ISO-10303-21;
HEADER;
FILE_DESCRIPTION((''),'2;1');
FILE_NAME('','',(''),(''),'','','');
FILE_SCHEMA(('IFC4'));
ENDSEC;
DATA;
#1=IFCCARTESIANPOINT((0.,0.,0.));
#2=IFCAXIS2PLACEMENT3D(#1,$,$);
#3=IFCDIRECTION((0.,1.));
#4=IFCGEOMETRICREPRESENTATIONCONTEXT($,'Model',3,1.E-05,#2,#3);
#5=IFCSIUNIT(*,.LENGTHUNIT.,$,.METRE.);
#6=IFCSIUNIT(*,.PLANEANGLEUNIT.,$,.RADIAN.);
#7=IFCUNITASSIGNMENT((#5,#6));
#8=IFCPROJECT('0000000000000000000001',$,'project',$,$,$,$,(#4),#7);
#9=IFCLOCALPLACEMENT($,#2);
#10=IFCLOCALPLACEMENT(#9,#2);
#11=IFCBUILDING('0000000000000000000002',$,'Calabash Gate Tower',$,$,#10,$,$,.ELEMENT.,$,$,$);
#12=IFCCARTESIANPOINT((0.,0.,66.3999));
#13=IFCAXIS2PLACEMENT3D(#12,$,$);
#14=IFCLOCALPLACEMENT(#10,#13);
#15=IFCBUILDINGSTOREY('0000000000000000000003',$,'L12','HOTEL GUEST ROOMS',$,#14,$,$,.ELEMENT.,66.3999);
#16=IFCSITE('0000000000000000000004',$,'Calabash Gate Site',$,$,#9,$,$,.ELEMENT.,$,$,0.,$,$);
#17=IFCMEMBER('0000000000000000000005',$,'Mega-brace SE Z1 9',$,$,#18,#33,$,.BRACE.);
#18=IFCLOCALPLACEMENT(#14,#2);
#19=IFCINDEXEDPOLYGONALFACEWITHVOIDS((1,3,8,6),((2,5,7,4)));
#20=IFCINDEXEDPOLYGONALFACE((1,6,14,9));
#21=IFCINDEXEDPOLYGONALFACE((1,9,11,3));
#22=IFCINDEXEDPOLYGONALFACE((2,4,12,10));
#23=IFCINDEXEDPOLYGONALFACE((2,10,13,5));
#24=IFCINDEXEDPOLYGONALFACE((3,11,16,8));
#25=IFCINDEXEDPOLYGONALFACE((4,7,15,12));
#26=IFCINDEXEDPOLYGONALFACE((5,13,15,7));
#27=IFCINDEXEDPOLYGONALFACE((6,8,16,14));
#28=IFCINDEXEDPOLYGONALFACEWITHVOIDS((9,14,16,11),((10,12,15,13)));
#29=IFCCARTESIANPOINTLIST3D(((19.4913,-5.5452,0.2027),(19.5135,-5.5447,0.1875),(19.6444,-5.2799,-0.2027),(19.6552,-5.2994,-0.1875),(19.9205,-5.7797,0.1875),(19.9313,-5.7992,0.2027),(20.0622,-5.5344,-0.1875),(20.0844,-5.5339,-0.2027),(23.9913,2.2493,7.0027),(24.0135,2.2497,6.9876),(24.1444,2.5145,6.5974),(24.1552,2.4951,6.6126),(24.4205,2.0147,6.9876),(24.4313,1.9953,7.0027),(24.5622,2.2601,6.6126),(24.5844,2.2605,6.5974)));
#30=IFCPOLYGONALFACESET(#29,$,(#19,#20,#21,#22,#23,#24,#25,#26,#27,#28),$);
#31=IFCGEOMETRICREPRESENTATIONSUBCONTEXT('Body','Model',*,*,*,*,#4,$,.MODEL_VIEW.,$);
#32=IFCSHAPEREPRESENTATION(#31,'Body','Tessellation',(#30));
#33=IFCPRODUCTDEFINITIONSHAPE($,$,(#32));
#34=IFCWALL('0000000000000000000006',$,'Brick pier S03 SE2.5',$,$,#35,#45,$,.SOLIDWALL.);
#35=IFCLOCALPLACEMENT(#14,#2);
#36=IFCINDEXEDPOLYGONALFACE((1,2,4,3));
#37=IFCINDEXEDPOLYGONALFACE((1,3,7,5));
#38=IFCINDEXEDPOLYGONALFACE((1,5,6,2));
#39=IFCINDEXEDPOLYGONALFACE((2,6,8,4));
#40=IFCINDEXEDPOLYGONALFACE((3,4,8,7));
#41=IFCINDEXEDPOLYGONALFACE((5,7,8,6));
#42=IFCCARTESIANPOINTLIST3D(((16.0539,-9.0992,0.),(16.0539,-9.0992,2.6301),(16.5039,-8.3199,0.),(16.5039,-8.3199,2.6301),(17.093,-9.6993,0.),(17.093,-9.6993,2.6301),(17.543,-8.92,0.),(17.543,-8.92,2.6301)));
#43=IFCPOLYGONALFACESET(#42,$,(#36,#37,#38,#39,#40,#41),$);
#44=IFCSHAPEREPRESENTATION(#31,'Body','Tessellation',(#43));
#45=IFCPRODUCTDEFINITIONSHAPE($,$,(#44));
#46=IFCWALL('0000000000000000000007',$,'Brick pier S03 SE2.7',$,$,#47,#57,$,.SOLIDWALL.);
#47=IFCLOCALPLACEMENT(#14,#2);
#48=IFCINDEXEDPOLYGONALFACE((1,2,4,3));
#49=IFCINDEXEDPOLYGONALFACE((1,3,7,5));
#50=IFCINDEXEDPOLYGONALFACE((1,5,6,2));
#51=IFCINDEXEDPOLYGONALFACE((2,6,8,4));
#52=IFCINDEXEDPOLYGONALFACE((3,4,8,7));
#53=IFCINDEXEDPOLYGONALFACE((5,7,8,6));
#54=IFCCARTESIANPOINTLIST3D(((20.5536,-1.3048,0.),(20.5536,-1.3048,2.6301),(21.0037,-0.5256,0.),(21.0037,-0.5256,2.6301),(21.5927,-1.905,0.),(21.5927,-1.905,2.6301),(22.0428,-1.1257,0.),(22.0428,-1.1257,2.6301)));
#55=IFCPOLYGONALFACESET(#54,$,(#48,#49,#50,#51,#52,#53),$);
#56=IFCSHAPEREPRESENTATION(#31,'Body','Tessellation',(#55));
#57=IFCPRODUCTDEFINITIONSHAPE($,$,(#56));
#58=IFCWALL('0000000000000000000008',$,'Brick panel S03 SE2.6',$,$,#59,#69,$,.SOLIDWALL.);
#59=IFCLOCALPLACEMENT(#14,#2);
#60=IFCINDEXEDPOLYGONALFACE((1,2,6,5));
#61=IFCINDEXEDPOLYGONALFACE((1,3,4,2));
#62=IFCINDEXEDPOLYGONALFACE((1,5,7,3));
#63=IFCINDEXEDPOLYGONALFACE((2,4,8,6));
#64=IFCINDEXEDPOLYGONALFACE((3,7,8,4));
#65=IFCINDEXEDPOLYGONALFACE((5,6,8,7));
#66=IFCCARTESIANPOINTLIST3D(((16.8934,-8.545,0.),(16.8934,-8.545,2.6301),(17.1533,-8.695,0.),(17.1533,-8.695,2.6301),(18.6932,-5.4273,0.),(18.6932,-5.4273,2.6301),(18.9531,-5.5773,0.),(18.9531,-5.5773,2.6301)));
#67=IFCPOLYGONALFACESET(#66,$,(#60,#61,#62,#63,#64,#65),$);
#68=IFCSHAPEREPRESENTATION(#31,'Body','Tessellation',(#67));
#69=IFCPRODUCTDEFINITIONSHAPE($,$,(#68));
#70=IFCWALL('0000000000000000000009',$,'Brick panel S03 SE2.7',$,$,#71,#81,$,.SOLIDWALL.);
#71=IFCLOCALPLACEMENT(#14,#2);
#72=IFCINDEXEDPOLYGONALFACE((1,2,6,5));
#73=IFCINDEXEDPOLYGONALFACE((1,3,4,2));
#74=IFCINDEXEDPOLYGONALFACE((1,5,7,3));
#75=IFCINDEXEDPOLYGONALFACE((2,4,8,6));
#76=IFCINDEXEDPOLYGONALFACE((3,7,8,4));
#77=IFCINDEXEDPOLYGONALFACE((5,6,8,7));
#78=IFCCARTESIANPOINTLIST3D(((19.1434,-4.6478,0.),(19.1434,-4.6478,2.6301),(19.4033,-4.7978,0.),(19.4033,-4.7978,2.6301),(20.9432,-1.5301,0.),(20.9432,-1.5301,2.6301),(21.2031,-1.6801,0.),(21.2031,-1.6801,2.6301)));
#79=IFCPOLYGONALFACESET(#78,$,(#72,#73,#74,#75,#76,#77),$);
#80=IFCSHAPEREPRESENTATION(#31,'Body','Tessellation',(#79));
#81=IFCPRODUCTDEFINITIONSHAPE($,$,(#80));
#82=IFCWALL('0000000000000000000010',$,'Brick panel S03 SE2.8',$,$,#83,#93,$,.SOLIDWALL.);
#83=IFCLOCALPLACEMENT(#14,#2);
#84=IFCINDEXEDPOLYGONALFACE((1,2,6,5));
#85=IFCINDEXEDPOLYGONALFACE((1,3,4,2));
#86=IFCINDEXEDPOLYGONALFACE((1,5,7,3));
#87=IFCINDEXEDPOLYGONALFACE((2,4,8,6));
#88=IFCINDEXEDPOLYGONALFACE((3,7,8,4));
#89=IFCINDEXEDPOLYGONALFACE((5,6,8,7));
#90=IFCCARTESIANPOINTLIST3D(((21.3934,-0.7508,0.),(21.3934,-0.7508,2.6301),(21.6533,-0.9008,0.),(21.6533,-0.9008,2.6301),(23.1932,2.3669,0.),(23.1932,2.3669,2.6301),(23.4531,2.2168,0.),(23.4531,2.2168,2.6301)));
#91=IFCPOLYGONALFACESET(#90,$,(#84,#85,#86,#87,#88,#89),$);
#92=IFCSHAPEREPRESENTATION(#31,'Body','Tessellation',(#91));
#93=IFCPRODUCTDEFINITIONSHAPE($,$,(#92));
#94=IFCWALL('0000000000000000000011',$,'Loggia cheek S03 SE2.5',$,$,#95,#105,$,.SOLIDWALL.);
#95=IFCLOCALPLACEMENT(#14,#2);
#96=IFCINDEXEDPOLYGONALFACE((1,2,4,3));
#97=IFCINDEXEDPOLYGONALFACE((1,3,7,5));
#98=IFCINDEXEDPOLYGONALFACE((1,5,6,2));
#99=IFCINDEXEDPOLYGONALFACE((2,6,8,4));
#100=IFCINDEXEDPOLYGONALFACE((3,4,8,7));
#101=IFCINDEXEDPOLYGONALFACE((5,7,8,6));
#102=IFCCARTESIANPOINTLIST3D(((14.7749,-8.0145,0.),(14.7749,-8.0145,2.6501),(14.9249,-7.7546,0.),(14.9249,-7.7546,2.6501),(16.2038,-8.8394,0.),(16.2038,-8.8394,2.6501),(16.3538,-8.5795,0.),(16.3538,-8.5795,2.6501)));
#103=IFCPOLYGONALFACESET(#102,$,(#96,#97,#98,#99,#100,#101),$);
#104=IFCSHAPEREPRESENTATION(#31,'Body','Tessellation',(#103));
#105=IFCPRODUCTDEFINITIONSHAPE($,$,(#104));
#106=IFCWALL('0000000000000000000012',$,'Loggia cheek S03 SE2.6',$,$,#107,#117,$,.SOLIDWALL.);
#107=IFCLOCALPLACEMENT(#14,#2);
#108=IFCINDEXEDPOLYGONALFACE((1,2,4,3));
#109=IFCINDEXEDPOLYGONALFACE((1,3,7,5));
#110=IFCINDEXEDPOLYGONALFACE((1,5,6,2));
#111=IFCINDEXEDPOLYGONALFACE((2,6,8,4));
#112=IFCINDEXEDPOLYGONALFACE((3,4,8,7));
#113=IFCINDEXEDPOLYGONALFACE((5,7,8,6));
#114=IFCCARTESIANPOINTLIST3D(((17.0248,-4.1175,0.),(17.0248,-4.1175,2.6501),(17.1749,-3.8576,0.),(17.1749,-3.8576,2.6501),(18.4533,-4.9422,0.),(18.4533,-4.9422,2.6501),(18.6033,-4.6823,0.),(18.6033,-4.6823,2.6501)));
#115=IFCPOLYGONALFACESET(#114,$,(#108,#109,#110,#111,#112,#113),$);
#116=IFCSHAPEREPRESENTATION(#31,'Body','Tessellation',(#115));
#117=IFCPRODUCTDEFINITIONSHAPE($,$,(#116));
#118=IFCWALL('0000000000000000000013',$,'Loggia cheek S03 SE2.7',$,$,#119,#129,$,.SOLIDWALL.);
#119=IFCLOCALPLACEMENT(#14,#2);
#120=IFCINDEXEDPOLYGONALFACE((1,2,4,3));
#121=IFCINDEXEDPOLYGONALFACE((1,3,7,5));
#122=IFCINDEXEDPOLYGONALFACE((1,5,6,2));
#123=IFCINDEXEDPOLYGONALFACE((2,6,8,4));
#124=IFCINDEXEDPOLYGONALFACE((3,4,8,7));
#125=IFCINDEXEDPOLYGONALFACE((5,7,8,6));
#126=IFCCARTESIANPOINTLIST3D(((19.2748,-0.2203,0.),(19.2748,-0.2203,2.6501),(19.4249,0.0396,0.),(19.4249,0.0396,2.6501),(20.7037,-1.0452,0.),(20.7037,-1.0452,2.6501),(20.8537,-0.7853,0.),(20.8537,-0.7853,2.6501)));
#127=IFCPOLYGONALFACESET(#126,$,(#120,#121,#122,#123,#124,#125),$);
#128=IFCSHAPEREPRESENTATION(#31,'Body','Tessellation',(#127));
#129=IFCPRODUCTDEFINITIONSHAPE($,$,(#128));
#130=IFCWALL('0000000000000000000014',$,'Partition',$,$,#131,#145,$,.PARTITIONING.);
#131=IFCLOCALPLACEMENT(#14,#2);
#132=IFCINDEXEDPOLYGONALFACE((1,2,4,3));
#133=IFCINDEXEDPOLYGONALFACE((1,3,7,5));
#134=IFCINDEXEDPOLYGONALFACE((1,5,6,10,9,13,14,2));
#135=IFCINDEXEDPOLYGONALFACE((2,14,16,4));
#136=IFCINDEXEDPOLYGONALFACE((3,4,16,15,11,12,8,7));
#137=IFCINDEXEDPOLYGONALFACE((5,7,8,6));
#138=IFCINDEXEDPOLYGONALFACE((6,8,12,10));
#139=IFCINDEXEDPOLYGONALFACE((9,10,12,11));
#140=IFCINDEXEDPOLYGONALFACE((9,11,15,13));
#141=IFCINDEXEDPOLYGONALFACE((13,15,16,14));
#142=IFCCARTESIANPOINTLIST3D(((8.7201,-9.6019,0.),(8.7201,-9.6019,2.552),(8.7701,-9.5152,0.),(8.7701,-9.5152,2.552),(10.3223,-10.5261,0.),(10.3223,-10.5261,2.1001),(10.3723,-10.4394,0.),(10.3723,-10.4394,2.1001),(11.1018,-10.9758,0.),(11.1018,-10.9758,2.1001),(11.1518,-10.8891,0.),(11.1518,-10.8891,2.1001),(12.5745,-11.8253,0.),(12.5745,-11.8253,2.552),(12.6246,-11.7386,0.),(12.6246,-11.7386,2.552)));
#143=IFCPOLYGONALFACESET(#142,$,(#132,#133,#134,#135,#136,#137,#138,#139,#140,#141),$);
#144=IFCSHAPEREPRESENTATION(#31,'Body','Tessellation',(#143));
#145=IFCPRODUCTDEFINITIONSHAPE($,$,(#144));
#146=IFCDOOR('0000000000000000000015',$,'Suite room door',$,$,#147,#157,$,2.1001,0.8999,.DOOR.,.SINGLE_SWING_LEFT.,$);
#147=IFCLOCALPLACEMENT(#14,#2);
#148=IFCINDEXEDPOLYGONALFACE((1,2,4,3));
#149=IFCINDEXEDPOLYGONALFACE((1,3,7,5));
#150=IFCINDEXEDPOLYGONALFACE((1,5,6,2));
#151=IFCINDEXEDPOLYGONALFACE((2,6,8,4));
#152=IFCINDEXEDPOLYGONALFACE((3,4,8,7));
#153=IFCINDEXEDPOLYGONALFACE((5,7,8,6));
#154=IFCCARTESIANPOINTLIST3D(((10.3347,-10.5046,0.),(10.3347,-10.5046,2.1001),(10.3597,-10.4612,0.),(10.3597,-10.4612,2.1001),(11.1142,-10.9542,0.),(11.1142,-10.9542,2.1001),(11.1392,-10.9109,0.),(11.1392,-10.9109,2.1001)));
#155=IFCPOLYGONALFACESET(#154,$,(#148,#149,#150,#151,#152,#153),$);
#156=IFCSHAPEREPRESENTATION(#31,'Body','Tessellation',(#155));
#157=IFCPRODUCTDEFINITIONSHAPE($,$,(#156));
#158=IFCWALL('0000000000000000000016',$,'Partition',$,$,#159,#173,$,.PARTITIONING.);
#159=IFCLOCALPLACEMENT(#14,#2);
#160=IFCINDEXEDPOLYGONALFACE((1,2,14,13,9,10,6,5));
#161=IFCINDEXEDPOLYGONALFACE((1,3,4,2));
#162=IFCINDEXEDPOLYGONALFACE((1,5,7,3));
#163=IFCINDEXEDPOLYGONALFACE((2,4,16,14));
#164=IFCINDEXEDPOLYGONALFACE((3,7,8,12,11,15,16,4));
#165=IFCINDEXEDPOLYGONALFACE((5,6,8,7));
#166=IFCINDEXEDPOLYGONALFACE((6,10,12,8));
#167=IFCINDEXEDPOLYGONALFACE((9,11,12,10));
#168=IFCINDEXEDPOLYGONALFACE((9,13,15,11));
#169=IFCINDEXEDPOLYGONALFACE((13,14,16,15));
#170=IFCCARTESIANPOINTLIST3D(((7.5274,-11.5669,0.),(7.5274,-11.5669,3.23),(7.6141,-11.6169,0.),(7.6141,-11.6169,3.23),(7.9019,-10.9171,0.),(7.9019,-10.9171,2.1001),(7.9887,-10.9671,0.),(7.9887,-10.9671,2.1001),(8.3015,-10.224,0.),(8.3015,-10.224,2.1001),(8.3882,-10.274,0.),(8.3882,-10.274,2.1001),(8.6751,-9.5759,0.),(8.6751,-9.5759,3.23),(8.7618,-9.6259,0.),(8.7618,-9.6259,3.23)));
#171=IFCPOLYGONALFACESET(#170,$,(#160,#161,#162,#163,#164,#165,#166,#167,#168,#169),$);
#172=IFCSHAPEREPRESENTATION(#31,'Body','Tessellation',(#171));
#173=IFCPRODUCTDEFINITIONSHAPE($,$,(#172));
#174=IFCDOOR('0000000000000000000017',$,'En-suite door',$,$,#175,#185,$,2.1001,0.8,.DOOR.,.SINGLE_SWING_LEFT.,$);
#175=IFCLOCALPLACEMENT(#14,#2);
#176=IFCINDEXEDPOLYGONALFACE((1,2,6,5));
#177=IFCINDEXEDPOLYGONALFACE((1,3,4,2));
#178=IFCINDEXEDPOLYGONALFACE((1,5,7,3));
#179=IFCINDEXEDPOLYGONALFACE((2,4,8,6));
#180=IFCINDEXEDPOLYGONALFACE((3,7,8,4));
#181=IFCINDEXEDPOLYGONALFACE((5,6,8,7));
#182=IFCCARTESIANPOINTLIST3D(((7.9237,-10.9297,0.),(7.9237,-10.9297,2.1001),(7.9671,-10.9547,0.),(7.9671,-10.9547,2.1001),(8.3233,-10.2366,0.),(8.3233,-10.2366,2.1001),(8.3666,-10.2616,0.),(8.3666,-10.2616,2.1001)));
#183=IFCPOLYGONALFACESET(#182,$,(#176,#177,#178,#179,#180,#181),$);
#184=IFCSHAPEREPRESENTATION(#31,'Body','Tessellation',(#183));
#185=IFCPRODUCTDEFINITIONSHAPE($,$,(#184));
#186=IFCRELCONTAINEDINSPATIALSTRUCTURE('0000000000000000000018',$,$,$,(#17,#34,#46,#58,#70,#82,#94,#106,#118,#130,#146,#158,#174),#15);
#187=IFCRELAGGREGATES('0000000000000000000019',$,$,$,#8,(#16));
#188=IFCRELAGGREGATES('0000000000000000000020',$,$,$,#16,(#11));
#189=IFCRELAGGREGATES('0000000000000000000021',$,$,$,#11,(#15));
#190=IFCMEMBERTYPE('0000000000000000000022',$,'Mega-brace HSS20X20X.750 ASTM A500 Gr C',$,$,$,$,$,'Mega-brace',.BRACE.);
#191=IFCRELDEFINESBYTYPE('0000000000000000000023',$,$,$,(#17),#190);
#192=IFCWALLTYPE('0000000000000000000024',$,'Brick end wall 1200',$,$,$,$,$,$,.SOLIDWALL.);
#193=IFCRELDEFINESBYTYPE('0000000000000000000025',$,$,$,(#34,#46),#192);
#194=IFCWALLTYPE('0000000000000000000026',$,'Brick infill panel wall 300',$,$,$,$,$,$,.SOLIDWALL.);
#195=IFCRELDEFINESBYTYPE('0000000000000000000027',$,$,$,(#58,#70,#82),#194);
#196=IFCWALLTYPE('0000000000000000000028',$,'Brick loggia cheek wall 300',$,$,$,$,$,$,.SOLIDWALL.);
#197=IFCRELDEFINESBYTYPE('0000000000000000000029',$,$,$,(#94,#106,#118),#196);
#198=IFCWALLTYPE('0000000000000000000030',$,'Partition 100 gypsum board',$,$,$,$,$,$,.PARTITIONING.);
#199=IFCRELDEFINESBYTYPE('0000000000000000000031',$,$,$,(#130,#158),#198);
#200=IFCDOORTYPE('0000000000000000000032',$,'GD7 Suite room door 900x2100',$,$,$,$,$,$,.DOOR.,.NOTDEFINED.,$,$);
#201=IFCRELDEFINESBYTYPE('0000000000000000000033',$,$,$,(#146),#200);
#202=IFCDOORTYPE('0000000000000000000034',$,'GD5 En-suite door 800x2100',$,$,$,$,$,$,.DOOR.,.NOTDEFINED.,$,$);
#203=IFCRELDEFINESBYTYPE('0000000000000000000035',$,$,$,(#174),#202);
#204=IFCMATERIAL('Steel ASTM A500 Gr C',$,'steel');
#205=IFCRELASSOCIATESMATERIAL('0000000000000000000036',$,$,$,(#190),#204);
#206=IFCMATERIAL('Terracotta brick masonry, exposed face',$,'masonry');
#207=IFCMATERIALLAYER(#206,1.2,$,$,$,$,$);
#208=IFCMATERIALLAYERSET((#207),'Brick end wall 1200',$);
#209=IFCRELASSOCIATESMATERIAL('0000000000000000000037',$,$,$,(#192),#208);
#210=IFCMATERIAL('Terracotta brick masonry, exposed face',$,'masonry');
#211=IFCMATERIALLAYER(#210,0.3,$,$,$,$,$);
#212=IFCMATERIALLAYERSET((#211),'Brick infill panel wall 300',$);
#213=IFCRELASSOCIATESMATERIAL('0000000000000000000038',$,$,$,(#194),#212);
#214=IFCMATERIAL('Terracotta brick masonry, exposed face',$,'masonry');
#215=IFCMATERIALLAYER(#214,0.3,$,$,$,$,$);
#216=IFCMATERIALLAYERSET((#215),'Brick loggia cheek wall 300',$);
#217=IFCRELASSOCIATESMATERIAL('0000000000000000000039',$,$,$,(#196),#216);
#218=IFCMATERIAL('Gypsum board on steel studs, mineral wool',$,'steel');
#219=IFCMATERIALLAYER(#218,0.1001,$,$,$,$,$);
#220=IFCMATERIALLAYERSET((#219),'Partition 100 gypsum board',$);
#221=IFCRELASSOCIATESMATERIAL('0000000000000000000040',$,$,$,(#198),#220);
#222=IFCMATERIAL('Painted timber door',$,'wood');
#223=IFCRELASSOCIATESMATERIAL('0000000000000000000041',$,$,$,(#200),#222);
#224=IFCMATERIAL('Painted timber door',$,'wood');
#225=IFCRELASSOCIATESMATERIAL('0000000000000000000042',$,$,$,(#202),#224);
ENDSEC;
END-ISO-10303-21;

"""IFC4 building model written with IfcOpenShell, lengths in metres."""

from ifc_helpers import new_model, si_unit, direction, frame, frame_2d, origin, origin_2d, place, context, subcontext, project, spatial, rectangle, hollow_rectangle, extrude, material, layer, layer_set, material_profile, profile_set, type_object, element, fill, save


model = new_model("IFC4")

# Units and contexts
model_context = context("Model", 3, precision=1e-05, world=origin(), true_north=direction((0.0, 1.0)))
body_context = subcontext(model_context, "Body", "Model", "MODEL_VIEW")
ifc_project = project(units=[si_unit("LENGTHUNIT", "METRE"), si_unit("PLANEANGLEUNIT", "RADIAN")], contexts=[model_context])

# Site, building, storey
site_placement = place(None, origin())
site = spatial("IfcSite", under=ifc_project, at=site_placement, Name="Calabash Gate Site", CompositionType="ELEMENT", RefElevation=0.0)
building_placement = place(site_placement, origin())
building = spatial("IfcBuilding", under=site, at=building_placement, Name="Calabash Gate Tower", CompositionType="ELEMENT")
storey_placement = place(building_placement, frame((0.0, 0.0, 66.3999)))
storey = spatial("IfcBuildingStorey", under=building, at=storey_placement, Name="L12", Description="HOTEL GUEST ROOMS", CompositionType="ELEMENT", Elevation=66.3999)

# Member
ifc_material_1 = material(Name="Steel ASTM A500 Gr C", Category="steel")
ifc_material_profile_1 = material_profile(ifc_material_1, hollow_rectangle(XDim=0.5081, YDim=0.5081, WallThickness=0.019, at=origin_2d()))
ifc_profile_set_1 = profile_set([ifc_material_profile_1], Name="Steel ASTM A500 Gr C")
member_type = type_object("IfcMemberType", Name="Mega-brace HSS20X20X.750 ASTM A500 Gr C", ElementType="Mega-brace", PredefinedType="BRACE", material=ifc_profile_set_1)
member_placement = place(storey_placement, frame((19.7878, -5.5396, 0.0), z_axis=(0.398928, 0.690981, 0.602828), x_axis=(-0.866031, 0.49999, 0.0)))
element("IfcMember", 1, at=member_placement, inside=storey, type_object=member_type, Name="Mega-brace SE Z1 9", PredefinedType="BRACE", context=body_context, shape_type="SweptSolid", body=[
    extrude(hollow_rectangle(XDim=0.5081, YDim=0.5081, WallThickness=0.019, at=origin_2d()), origin(), (0.0, 0.0, 1.0), 11.2803),
])

# Walls
ifc_material_2 = material(Name="Terracotta brick masonry, exposed face", Category="masonry")
ifc_layer_1 = layer(ifc_material_2, 1.2)
ifc_layer_set_1 = layer_set([ifc_layer_1], Name="Brick end wall 1200")
wall_type_1 = type_object("IfcWallType", Name="Brick end wall 1200", PredefinedType="SOLIDWALL", material=ifc_layer_set_1)
for number, where, z_axis, x_axis, name in (
    (2, (16.2788, -8.7095, 0.0), (0.0, 0.0, 1.0), (0.865955, -0.500122, 0.0), "Brick pier S03 SE2.5"),
    (3, (21.8179, -1.5154, 0.0), (0.0, 0.0, 1.0), (-0.865955, 0.500122, 0.0), "Brick pier S03 SE2.7"),
):
    element("IfcWall", number, at=place(storey_placement, frame(where, z_axis=z_axis, x_axis=x_axis)), inside=storey, type_object=wall_type_1, Name=name, PredefinedType="SOLIDWALL", context=body_context, shape_type="SweptSolid", body=[
        extrude(rectangle(XDim=1.2, YDim=0.8999, at=frame_2d((0.6001, 0.0))), origin(), (0.0, 0.0, 1.0), 2.6301),
    ])
ifc_material_3 = material(Name="Terracotta brick masonry, exposed face", Category="masonry")
ifc_layer_2 = layer(ifc_material_3, 0.3)
ifc_layer_set_2 = layer_set([ifc_layer_2], Name="Brick infill panel wall 300")
wall_type_2 = type_object("IfcWallType", Name="Brick infill panel wall 300", PredefinedType="SOLIDWALL", material=ifc_layer_set_2)
for number, where, z_axis, x_axis, name in (
    (4, (17.0234, -8.6199, 0.0), (0.0, 0.0, 1.0), (0.499961, 0.866048, 0.0), "Brick panel S03 SE2.6"),
    (5, (19.2734, -4.7227, 0.0), (0.0, 0.0, 1.0), (0.499961, 0.866048, 0.0), "Brick panel S03 SE2.7"),
    (6, (21.5234, -0.8257, 0.0), (0.0, 0.0, 1.0), (0.499961, 0.866048, 0.0), "Brick panel S03 SE2.8"),
):
    element("IfcWall", number, at=place(storey_placement, frame(where, z_axis=z_axis, x_axis=x_axis)), inside=storey, type_object=wall_type_2, Name=name, PredefinedType="SOLIDWALL", context=body_context, shape_type="SweptSolid", body=[
        extrude(rectangle(XDim=3.5999, YDim=0.3, at=frame_2d((1.7998, 0.0))), origin(), (0.0, 0.0, 1.0), 2.6301),
    ])
ifc_material_4 = material(Name="Terracotta brick masonry, exposed face", Category="masonry")
ifc_layer_3 = layer(ifc_material_4, 0.3)
ifc_layer_set_3 = layer_set([ifc_layer_3], Name="Brick loggia cheek wall 300")
wall_type_3 = type_object("IfcWallType", Name="Brick loggia cheek wall 300", PredefinedType="SOLIDWALL", material=ifc_layer_set_3)
wall_1_placement = place(storey_placement, frame((16.2788, -8.7095, 0.0), z_axis=(0.0, 0.0, 1.0), x_axis=(-0.86604, 0.499974, 0.0)))
element("IfcWall", 7, at=wall_1_placement, inside=storey, type_object=wall_type_3, Name="Loggia cheek S03 SE2.5", PredefinedType="SOLIDWALL", context=body_context, shape_type="SweptSolid", body=[
    extrude(rectangle(XDim=1.6499, YDim=0.3, at=frame_2d((0.825, 0.0))), origin(), (0.0, 0.0, 1.0), 2.6501),
])
wall_2_placement = place(storey_placement, frame((17.0999, -3.9875, 0.0), z_axis=(0.0, 0.0, 1.0), x_axis=(0.86603, -0.499992, 0.0)))
element("IfcWall", 8, at=wall_2_placement, inside=storey, type_object=wall_type_3, Name="Loggia cheek S03 SE2.6", PredefinedType="SOLIDWALL", context=body_context, shape_type="SweptSolid", body=[
    extrude(rectangle(XDim=1.6494, YDim=0.3, at=frame_2d((0.8247, 0.0))), origin(), (0.0, 0.0, 1.0), 2.6501),
])
wall_3_placement = place(storey_placement, frame((19.3499, -0.0903, 0.0), z_axis=(0.0, 0.0, 1.0), x_axis=(0.86604, -0.499974, 0.0)))
element("IfcWall", 9, at=wall_3_placement, inside=storey, type_object=wall_type_3, Name="Loggia cheek S03 SE2.7", PredefinedType="SOLIDWALL", context=body_context, shape_type="SweptSolid", body=[
    extrude(rectangle(XDim=1.6499, YDim=0.3, at=frame_2d((0.825, 0.0))), origin(), (0.0, 0.0, 1.0), 2.6501),
])

# Walls, openings, doors
ifc_material_5 = material(Name="Gypsum board on steel studs, mineral wool", Category="steel")
ifc_layer_4 = layer(ifc_material_5, 0.1001)
ifc_layer_set_4 = layer_set([ifc_layer_4], Name="Partition 100 gypsum board")
wall_type_4 = type_object("IfcWallType", Name="Partition 100 gypsum board", PredefinedType="PARTITIONING", material=ifc_layer_set_4)
wall_4_placement = place(storey_placement, frame((8.7451, -9.5586, 0.0), z_axis=(0.0, 0.0, 1.0), x_axis=(0.86622, -0.499662, 0.0)))
wall_4 = element("IfcWall", 10, at=wall_4_placement, inside=storey, type_object=wall_type_4, Name="Partition", PredefinedType="PARTITIONING", context=body_context, shape_type="SweptSolid", body=[
    extrude(rectangle(XDim=4.4497, YDim=0.1001, at=frame_2d((2.2249, 0.0))), origin(), (0.0, 0.0, 1.0), 2.552),
])
opening_1_placement = place(wall_4_placement, frame((1.8496, 0.0, 0.0)))
opening_1 = element("IfcOpeningElement", 11, at=opening_1_placement, cuts=wall_4, PredefinedType="OPENING", context=body_context, shape_type="SweptSolid", body=[
    extrude(rectangle(XDim=0.8999, YDim=2.1001, at=frame_2d((0.45, 1.05))), frame((0.0, 0.0601, 0.0), z_axis=(0.0, -1.0, 0.0), x_axis=(1.0, 0.0, 0.0)), (0.0, 0.0, 1.0), 0.1201),
])
ifc_material_6 = material(Name="Painted timber door", Category="wood")
door_type_1 = type_object("IfcDoorType", Name="GD7 Suite room door 900x2100", OperationType="NOTDEFINED", PredefinedType="DOOR", material=ifc_material_6)
door_1_placement = place(opening_1_placement, origin())
door_1 = element("IfcDoor", 12, at=door_1_placement, inside=storey, type_object=door_type_1, Name="Suite room door", OperationType="SINGLE_SWING_LEFT", OverallHeight=2.1001, OverallWidth=0.8999, PredefinedType="DOOR", context=body_context, shape_type="SweptSolid", body=[
    extrude(rectangle(XDim=0.8999, YDim=2.1001, at=frame_2d((0.45, 1.05))), frame((0.0, 0.0249, 0.0), z_axis=(0.0, -1.0, 0.0), x_axis=(1.0, 0.0, 0.0)), (0.0, 0.0, 1.0), 0.05),
])
fill(opening_1, door_1)
wall_5_placement = place(storey_placement, frame((7.5708, -11.5918, 0.0), z_axis=(0.0, 0.0, 1.0), x_axis=(0.499419, 0.866361, 0.0)))
wall_5 = element("IfcWall", 13, at=wall_5_placement, inside=storey, type_object=wall_type_4, Name="Partition", PredefinedType="PARTITIONING", context=body_context, shape_type="SweptSolid", body=[
    extrude(rectangle(XDim=2.2981, YDim=0.1001, at=frame_2d((1.1489, 0.0))), origin(), (0.0, 0.0, 1.0), 3.23),
])
opening_2_placement = place(wall_5_placement, frame((0.75, 0.0, 0.0)))
opening_2 = element("IfcOpeningElement", 14, at=opening_2_placement, cuts=wall_5, PredefinedType="OPENING", context=body_context, shape_type="SweptSolid", body=[
    extrude(rectangle(XDim=0.8, YDim=2.1001, at=frame_2d((0.3999, 1.05))), frame((0.0, 0.0601, 0.0), z_axis=(0.0, -1.0, 0.0), x_axis=(1.0, 0.0, 0.0)), (0.0, 0.0, 1.0), 0.1201),
])
ifc_material_7 = material(Name="Painted timber door", Category="wood")
door_type_2 = type_object("IfcDoorType", Name="GD5 En-suite door 800x2100", OperationType="NOTDEFINED", PredefinedType="DOOR", material=ifc_material_7)
door_2_placement = place(opening_2_placement, origin())
door_2 = element("IfcDoor", 15, at=door_2_placement, inside=storey, type_object=door_type_2, Name="En-suite door", OperationType="SINGLE_SWING_LEFT", OverallHeight=2.1001, OverallWidth=0.8, PredefinedType="DOOR", context=body_context, shape_type="SweptSolid", body=[
    extrude(rectangle(XDim=0.8, YDim=2.1001, at=frame_2d((0.3999, 1.05))), frame((0.0, 0.0249, 0.0), z_axis=(0.0, -1.0, 0.0), x_axis=(1.0, 0.0, 0.0)), (0.0, 0.0, 1.0), 0.05),
])
fill(opening_2, door_2)

save(model, "model.ifc")
